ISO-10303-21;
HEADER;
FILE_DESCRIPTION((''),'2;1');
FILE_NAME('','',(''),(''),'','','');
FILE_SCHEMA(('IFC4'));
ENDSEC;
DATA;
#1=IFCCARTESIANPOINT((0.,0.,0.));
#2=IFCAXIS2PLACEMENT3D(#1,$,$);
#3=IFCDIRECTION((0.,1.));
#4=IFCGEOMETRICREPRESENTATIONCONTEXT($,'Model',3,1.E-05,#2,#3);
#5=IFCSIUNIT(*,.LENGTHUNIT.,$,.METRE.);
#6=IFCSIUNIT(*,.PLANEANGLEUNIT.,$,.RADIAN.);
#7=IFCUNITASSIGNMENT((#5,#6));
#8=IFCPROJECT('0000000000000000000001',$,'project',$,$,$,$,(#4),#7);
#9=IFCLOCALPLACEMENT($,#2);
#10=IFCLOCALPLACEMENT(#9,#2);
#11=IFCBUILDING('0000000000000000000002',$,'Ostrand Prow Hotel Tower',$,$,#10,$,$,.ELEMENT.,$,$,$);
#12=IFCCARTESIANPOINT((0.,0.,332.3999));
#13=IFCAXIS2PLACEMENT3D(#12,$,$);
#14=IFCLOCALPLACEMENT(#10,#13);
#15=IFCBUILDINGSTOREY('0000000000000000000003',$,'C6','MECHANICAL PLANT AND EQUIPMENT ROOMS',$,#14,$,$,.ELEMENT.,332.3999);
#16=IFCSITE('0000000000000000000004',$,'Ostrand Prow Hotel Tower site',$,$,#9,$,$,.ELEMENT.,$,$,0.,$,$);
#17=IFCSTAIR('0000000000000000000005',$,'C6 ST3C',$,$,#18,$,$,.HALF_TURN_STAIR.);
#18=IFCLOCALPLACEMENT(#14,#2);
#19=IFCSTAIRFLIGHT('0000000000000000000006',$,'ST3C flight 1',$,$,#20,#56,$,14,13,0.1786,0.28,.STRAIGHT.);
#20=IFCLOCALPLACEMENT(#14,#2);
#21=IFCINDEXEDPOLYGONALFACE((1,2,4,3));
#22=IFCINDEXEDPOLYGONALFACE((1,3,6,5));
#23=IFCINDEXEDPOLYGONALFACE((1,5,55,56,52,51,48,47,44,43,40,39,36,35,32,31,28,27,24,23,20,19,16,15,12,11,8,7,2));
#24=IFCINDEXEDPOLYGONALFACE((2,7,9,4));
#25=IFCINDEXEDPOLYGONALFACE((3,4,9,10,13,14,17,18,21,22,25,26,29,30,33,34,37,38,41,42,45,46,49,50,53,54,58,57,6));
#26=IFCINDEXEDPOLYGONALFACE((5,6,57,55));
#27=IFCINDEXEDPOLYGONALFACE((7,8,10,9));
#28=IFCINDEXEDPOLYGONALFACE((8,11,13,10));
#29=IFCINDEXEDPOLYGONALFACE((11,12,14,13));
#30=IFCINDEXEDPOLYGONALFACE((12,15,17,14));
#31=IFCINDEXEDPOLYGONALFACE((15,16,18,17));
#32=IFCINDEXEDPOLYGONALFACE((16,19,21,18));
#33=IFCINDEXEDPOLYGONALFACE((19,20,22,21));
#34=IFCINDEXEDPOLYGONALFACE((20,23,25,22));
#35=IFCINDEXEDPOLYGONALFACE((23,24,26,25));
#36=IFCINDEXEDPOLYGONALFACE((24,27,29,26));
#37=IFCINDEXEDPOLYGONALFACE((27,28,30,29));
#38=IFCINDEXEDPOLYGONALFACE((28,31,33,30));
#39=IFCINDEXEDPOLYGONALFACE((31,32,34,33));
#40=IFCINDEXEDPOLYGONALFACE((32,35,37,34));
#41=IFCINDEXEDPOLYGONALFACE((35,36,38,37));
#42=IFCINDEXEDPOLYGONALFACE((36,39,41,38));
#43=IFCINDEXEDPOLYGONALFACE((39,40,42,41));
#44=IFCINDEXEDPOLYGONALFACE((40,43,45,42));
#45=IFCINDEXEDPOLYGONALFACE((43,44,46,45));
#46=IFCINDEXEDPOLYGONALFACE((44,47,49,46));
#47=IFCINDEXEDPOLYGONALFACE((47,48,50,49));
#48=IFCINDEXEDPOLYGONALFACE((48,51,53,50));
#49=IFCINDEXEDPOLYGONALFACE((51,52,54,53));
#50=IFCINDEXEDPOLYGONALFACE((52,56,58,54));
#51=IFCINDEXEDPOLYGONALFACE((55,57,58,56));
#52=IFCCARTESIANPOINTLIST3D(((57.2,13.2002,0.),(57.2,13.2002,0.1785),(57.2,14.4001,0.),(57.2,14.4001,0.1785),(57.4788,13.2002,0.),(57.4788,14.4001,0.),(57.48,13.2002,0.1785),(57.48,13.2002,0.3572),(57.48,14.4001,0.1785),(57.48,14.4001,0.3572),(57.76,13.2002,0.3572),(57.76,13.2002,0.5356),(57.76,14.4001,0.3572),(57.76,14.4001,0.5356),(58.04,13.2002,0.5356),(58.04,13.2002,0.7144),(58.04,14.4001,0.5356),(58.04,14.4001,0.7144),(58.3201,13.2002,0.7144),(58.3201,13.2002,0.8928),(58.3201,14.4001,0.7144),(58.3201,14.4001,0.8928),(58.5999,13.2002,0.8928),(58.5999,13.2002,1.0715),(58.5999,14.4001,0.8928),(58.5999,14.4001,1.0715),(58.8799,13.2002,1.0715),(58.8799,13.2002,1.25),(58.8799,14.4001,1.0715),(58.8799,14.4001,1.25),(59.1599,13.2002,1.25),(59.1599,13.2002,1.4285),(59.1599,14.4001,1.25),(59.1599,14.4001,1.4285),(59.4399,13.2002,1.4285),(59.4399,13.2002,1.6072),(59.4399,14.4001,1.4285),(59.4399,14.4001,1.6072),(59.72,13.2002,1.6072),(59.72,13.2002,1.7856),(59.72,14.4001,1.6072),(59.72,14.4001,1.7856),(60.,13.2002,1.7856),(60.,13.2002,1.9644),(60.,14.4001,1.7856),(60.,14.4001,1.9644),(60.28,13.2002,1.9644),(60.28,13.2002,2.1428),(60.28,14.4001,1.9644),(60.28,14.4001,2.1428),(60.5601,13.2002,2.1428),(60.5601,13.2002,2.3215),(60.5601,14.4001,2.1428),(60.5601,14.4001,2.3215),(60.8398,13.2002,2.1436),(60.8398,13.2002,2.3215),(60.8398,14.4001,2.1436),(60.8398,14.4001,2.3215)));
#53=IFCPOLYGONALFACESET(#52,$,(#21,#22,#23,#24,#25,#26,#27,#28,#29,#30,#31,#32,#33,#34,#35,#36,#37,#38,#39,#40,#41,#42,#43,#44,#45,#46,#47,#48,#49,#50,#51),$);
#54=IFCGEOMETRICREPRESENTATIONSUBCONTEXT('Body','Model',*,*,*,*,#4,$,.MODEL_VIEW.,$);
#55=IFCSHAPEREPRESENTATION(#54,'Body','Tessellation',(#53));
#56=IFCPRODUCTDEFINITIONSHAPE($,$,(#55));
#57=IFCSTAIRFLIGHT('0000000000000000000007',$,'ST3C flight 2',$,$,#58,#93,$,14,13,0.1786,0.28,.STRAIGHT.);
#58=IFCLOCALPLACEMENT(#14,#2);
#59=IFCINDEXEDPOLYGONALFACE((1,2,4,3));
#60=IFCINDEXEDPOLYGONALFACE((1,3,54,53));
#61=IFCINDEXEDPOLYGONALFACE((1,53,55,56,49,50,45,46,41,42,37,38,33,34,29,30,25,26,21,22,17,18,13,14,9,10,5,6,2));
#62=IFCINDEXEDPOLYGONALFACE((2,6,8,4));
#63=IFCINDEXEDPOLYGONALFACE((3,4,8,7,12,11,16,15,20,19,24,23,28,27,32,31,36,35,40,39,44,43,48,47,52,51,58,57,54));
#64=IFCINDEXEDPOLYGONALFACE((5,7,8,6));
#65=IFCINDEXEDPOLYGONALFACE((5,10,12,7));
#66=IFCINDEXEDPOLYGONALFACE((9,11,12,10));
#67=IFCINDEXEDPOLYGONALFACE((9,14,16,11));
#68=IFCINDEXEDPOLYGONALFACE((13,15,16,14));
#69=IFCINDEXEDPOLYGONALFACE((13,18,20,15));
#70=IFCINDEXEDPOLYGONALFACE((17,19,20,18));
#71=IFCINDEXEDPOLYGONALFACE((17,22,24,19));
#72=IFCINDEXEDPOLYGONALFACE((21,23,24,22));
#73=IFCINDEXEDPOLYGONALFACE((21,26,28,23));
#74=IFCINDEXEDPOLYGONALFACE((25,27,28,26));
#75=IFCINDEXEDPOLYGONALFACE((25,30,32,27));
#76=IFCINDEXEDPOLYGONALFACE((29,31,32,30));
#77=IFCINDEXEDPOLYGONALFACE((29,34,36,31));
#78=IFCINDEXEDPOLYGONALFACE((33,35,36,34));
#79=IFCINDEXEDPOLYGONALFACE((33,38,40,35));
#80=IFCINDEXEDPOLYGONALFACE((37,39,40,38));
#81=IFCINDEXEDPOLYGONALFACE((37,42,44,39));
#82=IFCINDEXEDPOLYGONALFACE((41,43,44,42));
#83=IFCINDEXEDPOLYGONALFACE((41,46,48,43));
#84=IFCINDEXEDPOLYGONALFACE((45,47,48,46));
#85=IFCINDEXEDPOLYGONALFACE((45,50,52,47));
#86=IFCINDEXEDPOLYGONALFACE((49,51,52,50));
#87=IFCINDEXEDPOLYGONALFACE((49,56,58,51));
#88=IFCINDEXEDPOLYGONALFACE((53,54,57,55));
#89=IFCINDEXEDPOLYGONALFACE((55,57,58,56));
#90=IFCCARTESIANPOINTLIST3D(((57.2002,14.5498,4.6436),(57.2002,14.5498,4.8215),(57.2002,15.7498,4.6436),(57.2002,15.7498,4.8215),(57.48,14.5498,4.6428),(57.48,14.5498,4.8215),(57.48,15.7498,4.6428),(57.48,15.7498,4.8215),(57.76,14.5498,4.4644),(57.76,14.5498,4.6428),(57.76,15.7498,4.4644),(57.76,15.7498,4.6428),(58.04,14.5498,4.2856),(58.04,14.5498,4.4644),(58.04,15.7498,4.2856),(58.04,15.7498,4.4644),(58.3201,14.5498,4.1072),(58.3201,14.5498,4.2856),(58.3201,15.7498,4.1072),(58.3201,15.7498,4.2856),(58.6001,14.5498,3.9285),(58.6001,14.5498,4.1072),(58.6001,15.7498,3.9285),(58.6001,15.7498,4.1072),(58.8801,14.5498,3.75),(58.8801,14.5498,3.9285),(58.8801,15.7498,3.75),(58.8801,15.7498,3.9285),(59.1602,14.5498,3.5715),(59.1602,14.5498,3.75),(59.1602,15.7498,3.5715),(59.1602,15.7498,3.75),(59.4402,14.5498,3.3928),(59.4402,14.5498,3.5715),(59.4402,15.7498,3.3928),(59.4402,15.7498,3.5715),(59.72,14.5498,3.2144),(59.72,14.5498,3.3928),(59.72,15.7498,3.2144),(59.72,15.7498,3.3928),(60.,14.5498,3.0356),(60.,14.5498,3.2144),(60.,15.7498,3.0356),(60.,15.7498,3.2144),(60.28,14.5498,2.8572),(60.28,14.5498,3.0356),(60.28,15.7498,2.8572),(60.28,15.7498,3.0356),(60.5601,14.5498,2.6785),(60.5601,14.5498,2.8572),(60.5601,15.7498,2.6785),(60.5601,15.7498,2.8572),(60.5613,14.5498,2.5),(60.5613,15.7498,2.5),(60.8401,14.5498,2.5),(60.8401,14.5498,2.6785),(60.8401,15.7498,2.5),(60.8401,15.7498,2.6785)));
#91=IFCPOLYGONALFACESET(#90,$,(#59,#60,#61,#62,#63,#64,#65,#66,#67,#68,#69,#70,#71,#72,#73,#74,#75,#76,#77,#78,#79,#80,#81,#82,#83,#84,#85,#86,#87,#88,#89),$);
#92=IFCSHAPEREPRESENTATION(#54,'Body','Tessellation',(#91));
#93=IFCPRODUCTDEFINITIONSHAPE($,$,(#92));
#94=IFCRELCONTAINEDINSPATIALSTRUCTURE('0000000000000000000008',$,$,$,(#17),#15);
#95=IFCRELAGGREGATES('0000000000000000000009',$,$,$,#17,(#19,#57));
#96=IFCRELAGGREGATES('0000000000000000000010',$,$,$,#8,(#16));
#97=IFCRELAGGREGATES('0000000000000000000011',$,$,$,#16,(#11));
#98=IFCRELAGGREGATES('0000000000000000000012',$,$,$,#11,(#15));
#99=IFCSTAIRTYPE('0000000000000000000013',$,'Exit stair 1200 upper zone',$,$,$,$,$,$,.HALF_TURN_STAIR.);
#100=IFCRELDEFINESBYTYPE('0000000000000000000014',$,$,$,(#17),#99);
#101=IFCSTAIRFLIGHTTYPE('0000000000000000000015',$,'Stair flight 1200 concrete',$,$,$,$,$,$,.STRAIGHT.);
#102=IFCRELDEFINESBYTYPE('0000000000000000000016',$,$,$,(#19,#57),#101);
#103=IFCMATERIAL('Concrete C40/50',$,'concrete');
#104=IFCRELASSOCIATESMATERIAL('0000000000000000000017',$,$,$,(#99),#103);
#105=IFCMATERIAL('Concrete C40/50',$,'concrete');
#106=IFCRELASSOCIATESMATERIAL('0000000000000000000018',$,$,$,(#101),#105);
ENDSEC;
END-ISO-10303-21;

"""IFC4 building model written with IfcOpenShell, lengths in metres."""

from ifc_helpers import new_model, si_unit, direction, frame, origin, place, context, subcontext, project, spatial, polyline, outline, extrude, material, type_object, element, aggregate, save


model = new_model("IFC4")

# Units and contexts
model_context = context("Model", 3, precision=1e-05, world=origin(), true_north=direction((0.0, 1.0)))
body_context = subcontext(model_context, "Body", "Model", "MODEL_VIEW")
ifc_project = project(units=[si_unit("LENGTHUNIT", "METRE"), si_unit("PLANEANGLEUNIT", "RADIAN")], contexts=[model_context])

# Site, building, storey
site_placement = place(None, origin())
site = spatial("IfcSite", under=ifc_project, at=site_placement, Name="Ostrand Prow Hotel Tower site", CompositionType="ELEMENT", RefElevation=0.0)
building_placement = place(site_placement, origin())
building = spatial("IfcBuilding", under=site, at=building_placement, Name="Ostrand Prow Hotel Tower", CompositionType="ELEMENT")
storey_placement = place(building_placement, frame((0.0, 0.0, 332.3999)))
storey = spatial("IfcBuildingStorey", under=building, at=storey_placement, Name="C6", Description="MECHANICAL PLANT AND EQUIPMENT ROOMS", CompositionType="ELEMENT", Elevation=332.3999)

# Stair, stair flights
ifc_material_1 = material(Name="Concrete C40/50", Category="concrete")
stair_type = type_object("IfcStairType", Name="Exit stair 1200 upper zone", PredefinedType="HALF_TURN_STAIR", material=ifc_material_1)
stair_placement = place(storey_placement, origin())
stair = element("IfcStair", 1, at=stair_placement, inside=storey, type_object=stair_type, Name="C6 ST3C", PredefinedType="HALF_TURN_STAIR")
ifc_material_2 = material(Name="Concrete C40/50", Category="concrete")
stair_flight_type = type_object("IfcStairFlightType", Name="Stair flight 1200 concrete", PredefinedType="STRAIGHT", material=ifc_material_2)
stair_flight_1_placement = place(storey_placement, frame((57.2, 13.8, 0.0), z_axis=(0.0, 0.0, 1.0), x_axis=(1.0, 0.0, 0.0)))
stair_flight_1 = element("IfcStairFlight", 2, at=stair_flight_1_placement, type_object=stair_flight_type, Name="ST3C flight 1", NumberOfRisers=14, NumberOfTreads=13, PredefinedType="STRAIGHT", RiserHeight=0.1786, TreadLength=0.28, context=body_context, shape_type="SweptSolid", body=[
    extrude(outline(polyline([(0.0, 0.0), (0.0, 0.1785), (0.28, 0.1785), (0.28, 0.3572), (0.5601, 0.3572), (0.5601, 0.5356), (0.8401, 0.5356), (0.8401, 0.7144), (1.1201, 0.7144), (1.1201, 0.8928), (1.3999, 0.8928), (1.3999, 1.0715), (1.6799, 1.0715), (1.6799, 1.25), (1.96, 1.25), (1.96, 1.4285), (2.24, 1.4285), (2.24, 1.6072), (2.52, 1.6072), (2.52, 1.7856), (2.8, 1.7856), (2.8, 1.9644), (3.0801, 1.9644), (3.0801, 2.1428), (3.3601, 2.1428), (3.3601, 2.3215), (3.6399, 2.3215), (3.6399, 2.5), (3.6399, 2.1436), (0.2788, 0.0), (0.0, 0.0)])), frame((0.0, 0.6001, 0.0), z_axis=(0.0, -1.0, 0.0), x_axis=(1.0, 0.0, 0.0)), (0.0, 0.0, 1.0), 1.2),
])
stair_flight_2_placement = place(storey_placement, frame((60.8401, 15.1499, 2.5), z_axis=(0.0, 0.0, 1.0), x_axis=(-1.0, 0.0, 0.0)))
stair_flight_2 = element("IfcStairFlight", 3, at=stair_flight_2_placement, type_object=stair_flight_type, Name="ST3C flight 2", NumberOfRisers=14, NumberOfTreads=13, PredefinedType="STRAIGHT", RiserHeight=0.1786, TreadLength=0.28, context=body_context, shape_type="SweptSolid", body=[
    extrude(outline(polyline([(0.0, 0.0), (0.0, 0.1785), (0.28, 0.1785), (0.28, 0.3572), (0.5601, 0.3572), (0.5601, 0.5356), (0.8401, 0.5356), (0.8401, 0.7144), (1.1201, 0.7144), (1.1201, 0.8928), (1.3999, 0.8928), (1.3999, 1.0715), (1.6799, 1.0715), (1.6799, 1.25), (1.96, 1.25), (1.96, 1.4285), (2.24, 1.4285), (2.24, 1.6072), (2.52, 1.6072), (2.52, 1.7856), (2.8, 1.7856), (2.8, 1.9644), (3.0801, 1.9644), (3.0801, 2.1428), (3.3601, 2.1428), (3.3601, 2.3215), (3.6399, 2.3215), (3.6399, 2.5), (3.6399, 2.1436), (0.2788, 0.0), (0.0, 0.0)])), frame((0.0, 0.6001, 0.0), z_axis=(0.0, -1.0, 0.0), x_axis=(1.0, 0.0, 0.0)), (0.0, 0.0, 1.0), 1.2),
])
aggregate(stair, [stair_flight_1, stair_flight_2])

save(model, "model.ifc")
